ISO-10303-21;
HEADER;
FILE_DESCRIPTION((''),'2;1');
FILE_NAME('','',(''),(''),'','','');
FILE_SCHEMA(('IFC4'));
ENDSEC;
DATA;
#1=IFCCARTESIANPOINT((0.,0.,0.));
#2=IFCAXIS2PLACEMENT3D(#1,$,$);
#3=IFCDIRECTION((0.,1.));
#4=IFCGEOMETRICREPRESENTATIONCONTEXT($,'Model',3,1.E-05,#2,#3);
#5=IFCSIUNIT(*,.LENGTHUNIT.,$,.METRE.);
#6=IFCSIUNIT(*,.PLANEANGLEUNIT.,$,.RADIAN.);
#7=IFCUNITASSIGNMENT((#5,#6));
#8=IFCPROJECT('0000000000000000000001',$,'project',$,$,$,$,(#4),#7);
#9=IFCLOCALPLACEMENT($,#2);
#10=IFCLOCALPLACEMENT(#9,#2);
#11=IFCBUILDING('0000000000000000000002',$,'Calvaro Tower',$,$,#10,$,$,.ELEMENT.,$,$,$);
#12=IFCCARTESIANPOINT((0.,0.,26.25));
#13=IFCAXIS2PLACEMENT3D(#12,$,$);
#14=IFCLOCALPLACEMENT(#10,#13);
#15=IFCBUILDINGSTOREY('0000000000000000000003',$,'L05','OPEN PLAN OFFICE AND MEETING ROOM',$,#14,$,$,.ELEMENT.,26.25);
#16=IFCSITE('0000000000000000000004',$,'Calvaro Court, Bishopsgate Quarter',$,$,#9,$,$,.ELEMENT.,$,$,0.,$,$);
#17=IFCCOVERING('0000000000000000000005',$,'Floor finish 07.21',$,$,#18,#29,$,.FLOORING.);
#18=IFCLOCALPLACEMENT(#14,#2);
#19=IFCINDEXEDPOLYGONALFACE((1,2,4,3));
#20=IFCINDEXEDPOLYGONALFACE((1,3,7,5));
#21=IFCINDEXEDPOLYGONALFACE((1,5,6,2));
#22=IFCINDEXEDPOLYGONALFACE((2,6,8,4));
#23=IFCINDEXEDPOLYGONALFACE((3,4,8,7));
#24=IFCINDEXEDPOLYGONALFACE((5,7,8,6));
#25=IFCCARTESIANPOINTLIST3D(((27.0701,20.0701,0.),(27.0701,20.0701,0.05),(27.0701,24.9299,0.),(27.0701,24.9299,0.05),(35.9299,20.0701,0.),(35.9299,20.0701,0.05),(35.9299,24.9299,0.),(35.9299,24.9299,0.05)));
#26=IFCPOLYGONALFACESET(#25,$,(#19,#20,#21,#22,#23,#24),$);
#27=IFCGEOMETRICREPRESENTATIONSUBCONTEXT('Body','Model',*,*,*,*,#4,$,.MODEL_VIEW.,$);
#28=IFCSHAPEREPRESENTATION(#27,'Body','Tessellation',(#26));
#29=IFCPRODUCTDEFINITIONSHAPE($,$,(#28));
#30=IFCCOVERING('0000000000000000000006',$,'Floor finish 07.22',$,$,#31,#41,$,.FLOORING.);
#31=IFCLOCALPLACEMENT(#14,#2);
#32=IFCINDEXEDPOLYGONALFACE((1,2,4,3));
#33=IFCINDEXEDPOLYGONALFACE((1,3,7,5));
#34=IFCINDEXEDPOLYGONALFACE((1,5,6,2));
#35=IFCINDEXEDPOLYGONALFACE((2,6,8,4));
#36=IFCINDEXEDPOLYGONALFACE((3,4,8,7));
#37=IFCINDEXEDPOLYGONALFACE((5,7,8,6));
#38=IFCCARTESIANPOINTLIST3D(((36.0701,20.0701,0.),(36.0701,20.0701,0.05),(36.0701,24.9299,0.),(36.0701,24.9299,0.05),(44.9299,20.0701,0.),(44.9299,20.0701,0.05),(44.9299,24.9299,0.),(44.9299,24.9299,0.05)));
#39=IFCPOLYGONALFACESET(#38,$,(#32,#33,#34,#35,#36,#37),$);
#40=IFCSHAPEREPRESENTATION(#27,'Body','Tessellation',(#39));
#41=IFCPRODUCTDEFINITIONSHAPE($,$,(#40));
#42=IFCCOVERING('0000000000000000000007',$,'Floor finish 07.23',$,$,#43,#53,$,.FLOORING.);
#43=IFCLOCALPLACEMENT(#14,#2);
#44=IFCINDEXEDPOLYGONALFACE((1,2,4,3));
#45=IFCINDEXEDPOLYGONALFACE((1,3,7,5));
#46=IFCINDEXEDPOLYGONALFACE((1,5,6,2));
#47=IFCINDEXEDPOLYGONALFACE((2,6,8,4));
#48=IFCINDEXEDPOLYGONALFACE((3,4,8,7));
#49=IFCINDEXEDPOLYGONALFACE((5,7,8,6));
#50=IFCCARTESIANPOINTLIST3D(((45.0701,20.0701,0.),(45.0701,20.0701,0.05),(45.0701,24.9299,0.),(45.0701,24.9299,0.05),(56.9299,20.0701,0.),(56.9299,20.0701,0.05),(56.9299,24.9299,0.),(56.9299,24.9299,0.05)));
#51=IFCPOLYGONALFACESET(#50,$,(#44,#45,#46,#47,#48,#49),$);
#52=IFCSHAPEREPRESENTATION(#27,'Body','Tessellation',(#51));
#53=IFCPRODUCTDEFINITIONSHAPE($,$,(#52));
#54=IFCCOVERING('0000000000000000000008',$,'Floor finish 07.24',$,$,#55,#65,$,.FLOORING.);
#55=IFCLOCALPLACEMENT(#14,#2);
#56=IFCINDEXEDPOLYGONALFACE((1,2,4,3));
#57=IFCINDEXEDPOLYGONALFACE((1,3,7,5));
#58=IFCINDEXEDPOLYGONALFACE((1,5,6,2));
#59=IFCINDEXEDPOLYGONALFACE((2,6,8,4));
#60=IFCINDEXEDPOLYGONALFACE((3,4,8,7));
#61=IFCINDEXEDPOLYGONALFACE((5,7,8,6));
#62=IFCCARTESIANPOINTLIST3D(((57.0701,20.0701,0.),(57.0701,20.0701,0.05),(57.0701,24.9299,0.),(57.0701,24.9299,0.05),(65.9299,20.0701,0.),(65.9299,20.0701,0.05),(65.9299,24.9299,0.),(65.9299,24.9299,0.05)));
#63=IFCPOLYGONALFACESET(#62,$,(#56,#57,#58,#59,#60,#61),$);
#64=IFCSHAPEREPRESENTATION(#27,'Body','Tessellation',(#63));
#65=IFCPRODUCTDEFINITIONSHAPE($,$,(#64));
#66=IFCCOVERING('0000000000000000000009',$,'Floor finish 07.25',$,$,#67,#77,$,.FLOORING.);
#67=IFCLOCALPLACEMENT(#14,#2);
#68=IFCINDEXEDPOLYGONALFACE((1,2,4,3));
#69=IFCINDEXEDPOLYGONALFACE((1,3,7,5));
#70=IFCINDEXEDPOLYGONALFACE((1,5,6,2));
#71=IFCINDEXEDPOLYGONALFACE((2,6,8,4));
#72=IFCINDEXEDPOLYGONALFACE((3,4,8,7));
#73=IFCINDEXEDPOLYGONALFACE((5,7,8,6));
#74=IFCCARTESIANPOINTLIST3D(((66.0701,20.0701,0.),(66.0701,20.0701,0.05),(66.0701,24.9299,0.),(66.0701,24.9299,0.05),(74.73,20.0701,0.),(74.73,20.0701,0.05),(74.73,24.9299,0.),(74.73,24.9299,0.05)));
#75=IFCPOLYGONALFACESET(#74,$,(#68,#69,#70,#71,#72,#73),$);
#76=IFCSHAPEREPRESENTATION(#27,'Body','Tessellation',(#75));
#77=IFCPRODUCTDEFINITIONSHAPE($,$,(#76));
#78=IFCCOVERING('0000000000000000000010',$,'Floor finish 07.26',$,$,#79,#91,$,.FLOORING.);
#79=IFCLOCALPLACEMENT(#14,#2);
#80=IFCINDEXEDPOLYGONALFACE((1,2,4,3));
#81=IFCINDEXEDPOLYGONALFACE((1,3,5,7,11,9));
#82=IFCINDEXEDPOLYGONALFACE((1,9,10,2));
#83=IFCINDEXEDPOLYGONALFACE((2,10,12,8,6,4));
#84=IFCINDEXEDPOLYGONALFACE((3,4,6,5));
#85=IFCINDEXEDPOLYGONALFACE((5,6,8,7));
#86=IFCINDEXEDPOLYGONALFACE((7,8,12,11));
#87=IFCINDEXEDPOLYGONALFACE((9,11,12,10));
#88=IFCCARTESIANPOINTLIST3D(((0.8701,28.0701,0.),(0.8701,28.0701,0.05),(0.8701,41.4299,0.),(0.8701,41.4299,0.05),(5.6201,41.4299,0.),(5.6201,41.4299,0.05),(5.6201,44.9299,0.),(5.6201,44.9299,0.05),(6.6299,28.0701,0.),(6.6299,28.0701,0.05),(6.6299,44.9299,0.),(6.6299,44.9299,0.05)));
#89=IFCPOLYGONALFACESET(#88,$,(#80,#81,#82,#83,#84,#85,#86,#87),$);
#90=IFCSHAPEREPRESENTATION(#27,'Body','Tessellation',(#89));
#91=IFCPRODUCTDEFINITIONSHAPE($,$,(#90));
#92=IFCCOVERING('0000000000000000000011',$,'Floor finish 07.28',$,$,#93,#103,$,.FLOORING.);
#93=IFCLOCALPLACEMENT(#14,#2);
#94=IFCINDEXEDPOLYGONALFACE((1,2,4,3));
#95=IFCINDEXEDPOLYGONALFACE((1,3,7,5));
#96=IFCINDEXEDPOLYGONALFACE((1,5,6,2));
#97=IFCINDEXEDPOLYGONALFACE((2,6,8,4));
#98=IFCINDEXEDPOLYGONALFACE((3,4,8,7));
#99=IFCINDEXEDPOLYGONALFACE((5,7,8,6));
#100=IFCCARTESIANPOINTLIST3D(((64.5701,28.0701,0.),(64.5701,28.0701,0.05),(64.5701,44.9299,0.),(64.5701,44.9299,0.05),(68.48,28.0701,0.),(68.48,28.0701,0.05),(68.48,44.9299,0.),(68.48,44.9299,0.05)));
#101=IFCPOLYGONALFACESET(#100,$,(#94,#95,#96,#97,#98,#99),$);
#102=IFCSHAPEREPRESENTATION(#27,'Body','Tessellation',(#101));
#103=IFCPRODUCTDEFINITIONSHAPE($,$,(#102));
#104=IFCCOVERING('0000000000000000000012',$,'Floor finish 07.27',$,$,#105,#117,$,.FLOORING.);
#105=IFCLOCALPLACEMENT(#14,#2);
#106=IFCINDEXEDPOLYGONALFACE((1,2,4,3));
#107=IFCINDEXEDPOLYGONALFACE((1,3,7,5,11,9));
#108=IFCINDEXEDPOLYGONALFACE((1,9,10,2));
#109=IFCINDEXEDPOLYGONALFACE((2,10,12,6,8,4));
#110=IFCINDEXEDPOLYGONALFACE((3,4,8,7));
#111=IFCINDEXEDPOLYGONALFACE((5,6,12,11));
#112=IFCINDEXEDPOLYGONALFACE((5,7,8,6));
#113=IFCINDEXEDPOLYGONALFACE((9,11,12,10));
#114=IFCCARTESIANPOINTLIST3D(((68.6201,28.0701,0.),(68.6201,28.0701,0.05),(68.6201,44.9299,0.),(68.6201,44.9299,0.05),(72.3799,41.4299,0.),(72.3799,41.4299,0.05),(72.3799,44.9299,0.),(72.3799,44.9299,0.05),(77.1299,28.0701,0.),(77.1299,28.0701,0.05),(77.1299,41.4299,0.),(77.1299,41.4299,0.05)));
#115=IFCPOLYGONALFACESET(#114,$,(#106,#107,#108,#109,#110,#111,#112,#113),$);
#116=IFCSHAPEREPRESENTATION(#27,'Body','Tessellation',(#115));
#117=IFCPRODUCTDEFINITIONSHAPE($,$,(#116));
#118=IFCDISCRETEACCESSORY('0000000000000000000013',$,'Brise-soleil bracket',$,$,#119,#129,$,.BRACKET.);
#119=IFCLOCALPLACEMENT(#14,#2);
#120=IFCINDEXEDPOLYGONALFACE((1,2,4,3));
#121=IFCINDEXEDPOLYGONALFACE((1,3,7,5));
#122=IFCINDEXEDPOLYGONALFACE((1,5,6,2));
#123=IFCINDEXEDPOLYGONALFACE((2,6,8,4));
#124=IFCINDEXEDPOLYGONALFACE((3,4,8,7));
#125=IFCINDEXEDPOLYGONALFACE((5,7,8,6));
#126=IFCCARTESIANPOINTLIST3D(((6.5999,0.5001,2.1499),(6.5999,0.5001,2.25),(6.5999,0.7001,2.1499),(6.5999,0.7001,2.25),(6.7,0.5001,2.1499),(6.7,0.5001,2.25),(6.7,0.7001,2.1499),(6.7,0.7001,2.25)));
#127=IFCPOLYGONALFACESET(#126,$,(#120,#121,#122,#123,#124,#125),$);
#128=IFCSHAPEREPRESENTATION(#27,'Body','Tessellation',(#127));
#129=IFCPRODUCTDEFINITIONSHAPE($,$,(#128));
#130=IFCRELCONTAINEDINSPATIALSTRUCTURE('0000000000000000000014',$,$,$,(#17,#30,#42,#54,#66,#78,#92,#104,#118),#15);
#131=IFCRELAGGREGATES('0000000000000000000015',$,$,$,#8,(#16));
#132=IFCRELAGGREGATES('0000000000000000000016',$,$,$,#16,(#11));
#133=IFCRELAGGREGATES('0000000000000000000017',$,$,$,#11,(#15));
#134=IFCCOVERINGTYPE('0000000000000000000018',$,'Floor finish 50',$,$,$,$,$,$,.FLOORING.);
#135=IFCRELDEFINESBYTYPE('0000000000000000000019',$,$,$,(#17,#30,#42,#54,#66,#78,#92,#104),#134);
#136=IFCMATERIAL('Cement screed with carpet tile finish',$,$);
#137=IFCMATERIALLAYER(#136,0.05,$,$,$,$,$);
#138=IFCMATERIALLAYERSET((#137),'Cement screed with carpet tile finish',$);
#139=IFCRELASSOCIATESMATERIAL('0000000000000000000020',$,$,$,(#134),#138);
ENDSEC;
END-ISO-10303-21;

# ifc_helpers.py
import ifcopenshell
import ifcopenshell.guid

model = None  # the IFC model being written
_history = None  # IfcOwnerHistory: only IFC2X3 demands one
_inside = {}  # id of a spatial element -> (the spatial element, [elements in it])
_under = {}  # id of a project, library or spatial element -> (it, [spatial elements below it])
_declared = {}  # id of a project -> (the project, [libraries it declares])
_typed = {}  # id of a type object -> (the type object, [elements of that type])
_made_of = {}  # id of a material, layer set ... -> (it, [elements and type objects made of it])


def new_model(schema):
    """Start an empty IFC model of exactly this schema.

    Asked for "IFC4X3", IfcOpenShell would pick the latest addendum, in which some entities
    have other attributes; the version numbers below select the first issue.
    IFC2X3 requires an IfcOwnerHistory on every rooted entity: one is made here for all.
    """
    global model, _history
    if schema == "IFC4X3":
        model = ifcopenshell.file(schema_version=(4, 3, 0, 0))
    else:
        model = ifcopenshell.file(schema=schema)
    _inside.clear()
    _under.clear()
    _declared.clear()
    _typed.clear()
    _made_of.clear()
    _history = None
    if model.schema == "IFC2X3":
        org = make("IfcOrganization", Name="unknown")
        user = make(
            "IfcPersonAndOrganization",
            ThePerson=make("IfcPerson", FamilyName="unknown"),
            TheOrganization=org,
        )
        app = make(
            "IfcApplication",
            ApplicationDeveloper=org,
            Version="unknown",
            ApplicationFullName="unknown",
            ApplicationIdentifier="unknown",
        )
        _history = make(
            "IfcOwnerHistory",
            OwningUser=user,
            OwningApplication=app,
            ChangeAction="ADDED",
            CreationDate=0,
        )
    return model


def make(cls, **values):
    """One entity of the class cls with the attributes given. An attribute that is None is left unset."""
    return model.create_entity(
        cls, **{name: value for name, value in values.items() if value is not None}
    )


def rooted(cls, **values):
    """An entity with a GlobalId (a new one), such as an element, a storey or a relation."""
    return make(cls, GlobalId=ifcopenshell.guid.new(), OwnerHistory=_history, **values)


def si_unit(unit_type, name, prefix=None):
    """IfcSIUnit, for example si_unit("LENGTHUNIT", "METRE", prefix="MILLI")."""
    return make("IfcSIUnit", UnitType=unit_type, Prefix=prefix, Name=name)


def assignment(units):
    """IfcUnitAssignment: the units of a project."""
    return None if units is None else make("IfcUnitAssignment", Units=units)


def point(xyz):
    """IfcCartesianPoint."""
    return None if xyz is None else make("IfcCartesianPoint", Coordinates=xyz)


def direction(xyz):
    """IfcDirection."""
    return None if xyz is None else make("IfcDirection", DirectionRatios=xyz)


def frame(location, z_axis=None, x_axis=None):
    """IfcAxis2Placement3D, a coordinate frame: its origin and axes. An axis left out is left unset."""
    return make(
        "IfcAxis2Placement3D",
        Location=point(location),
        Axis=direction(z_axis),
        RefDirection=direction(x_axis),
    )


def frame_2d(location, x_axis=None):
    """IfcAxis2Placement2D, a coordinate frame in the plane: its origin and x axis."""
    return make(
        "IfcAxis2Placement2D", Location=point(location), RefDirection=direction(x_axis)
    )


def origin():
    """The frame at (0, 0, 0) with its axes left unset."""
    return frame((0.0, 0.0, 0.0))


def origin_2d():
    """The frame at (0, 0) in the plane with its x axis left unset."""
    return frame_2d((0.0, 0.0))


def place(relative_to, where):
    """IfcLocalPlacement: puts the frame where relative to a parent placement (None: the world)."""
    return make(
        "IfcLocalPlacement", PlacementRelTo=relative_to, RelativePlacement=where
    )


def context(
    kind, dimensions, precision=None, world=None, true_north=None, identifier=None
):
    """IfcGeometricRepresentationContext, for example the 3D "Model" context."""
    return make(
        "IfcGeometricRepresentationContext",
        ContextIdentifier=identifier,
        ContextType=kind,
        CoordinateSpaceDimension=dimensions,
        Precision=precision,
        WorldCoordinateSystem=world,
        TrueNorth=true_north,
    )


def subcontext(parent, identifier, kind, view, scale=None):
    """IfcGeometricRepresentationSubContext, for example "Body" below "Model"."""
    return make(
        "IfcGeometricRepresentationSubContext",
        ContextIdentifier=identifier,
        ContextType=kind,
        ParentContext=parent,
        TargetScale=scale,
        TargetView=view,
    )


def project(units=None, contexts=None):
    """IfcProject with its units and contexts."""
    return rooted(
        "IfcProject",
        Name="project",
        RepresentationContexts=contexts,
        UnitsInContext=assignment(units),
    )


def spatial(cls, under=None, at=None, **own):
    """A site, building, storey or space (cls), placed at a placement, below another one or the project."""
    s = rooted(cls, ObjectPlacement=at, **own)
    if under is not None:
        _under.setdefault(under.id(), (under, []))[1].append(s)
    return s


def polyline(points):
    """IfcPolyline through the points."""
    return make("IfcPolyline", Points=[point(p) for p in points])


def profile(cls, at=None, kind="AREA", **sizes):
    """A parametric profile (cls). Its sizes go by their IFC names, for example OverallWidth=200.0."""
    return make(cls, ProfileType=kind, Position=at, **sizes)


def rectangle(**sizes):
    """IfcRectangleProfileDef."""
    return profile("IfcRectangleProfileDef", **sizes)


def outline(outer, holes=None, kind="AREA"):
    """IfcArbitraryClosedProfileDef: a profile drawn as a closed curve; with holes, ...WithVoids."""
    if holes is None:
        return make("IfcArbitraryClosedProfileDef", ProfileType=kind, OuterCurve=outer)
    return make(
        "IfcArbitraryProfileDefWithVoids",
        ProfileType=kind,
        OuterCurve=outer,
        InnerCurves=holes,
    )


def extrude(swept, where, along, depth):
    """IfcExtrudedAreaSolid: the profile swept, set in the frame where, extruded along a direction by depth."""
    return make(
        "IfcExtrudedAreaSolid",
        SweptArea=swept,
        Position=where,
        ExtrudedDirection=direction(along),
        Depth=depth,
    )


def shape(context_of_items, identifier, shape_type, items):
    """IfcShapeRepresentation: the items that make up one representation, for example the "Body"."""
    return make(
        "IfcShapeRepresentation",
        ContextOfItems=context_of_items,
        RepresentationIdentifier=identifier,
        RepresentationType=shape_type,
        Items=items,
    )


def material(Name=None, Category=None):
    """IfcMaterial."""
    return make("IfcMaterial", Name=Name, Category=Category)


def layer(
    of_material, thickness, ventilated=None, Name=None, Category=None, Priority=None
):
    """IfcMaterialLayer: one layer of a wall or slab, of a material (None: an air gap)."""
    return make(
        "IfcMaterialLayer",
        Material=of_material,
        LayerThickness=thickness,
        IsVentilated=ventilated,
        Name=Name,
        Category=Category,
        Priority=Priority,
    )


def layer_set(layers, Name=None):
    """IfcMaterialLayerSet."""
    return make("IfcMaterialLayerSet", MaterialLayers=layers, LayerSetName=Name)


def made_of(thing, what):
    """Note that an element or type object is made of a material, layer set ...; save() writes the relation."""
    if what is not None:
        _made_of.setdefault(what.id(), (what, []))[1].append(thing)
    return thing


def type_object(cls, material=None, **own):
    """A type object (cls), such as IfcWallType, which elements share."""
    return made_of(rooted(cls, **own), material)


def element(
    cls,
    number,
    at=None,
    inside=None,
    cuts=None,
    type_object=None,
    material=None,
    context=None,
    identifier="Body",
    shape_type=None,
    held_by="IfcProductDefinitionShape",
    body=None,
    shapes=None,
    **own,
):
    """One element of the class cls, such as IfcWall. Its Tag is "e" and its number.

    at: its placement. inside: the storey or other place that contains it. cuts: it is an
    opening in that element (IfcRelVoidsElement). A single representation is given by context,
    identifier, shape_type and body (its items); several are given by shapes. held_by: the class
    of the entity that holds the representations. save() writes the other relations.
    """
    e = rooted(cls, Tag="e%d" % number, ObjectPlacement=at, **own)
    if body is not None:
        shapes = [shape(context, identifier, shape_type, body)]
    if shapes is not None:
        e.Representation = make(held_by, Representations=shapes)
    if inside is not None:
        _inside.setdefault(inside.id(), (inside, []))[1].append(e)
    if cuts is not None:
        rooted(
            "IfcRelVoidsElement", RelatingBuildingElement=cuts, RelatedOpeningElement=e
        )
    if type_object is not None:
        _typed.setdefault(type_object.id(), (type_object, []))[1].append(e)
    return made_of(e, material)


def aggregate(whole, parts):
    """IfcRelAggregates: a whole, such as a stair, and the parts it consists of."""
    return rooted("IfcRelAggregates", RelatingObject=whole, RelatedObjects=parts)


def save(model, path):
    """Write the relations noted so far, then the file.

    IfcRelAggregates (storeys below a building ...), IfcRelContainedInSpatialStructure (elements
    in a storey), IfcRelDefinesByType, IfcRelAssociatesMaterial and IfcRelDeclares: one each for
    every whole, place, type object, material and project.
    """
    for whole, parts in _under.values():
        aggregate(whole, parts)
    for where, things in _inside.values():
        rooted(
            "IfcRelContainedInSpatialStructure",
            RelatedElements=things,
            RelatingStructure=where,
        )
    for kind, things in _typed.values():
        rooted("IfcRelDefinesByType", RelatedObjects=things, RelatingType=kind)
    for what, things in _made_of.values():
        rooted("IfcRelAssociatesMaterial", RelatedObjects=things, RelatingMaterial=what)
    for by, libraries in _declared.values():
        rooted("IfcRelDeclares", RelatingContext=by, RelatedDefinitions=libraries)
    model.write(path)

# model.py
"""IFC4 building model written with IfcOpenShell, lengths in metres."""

from ifc_helpers import new_model, si_unit, direction, frame, origin, origin_2d, place, context, subcontext, project, spatial, polyline, rectangle, outline, extrude, material, layer, layer_set, type_object, element, save


model = new_model("IFC4")

# Units and contexts
model_context = context("Model", 3, precision=1e-05, world=origin(), true_north=direction((0.0, 1.0)))
body_context = subcontext(model_context, "Body", "Model", "MODEL_VIEW")
ifc_project = project(units=[si_unit("LENGTHUNIT", "METRE"), si_unit("PLANEANGLEUNIT", "RADIAN")], contexts=[model_context])

# Site, building, storey
site_placement = place(None, origin())
site = spatial("IfcSite", under=ifc_project, at=site_placement, Name="Calvaro Court, Bishopsgate Quarter", CompositionType="ELEMENT", RefElevation=0.0)
building_placement = place(site_placement, origin())
building = spatial("IfcBuilding", under=site, at=building_placement, Name="Calvaro Tower", CompositionType="ELEMENT")
storey_placement = place(building_placement, frame((0.0, 0.0, 26.25)))
storey = spatial("IfcBuildingStorey", under=building, at=storey_placement, Name="L05", Description="OPEN PLAN OFFICE AND MEETING ROOM", CompositionType="ELEMENT", Elevation=26.25)

# Coverings
ifc_material_1 = material(Name="Cement screed with carpet tile finish")
ifc_layer_1 = layer(ifc_material_1, 0.05)
ifc_layer_set_1 = layer_set([ifc_layer_1], Name="Cement screed with carpet tile finish")
covering_type = type_object("IfcCoveringType", Name="Floor finish 50", PredefinedType="FLOORING", material=ifc_layer_set_1)
covering_1_placement = place(storey_placement, origin())
element("IfcCovering", 1, at=covering_1_placement, inside=storey, type_object=covering_type, Name="Floor finish 07.21", PredefinedType="FLOORING", context=body_context, shape_type="SweptSolid", body=[
    extrude(outline(polyline([(27.0701, 20.0701), (27.0701, 24.9299), (35.9299, 24.9299), (35.9299, 20.0701), (27.0701, 20.0701)])), origin(), (0.0, 0.0, 1.0), 0.05),
])
covering_2_placement = place(storey_placement, origin())
element("IfcCovering", 2, at=covering_2_placement, inside=storey, type_object=covering_type, Name="Floor finish 07.22", PredefinedType="FLOORING", context=body_context, shape_type="SweptSolid", body=[
    extrude(outline(polyline([(36.0701, 20.0701), (36.0701, 24.9299), (44.9299, 24.9299), (44.9299, 20.0701), (36.0701, 20.0701)])), origin(), (0.0, 0.0, 1.0), 0.05),
])
covering_3_placement = place(storey_placement, origin())
element("IfcCovering", 3, at=covering_3_placement, inside=storey, type_object=covering_type, Name="Floor finish 07.23", PredefinedType="FLOORING", context=body_context, shape_type="SweptSolid", body=[
    extrude(outline(polyline([(45.0701, 20.0701), (45.0701, 24.9299), (56.9299, 24.9299), (56.9299, 20.0701), (45.0701, 20.0701)])), origin(), (0.0, 0.0, 1.0), 0.05),
])
covering_4_placement = place(storey_placement, origin())
element("IfcCovering", 4, at=covering_4_placement, inside=storey, type_object=covering_type, Name="Floor finish 07.24", PredefinedType="FLOORING", context=body_context, shape_type="SweptSolid", body=[
    extrude(outline(polyline([(57.0701, 20.0701), (57.0701, 24.9299), (65.9299, 24.9299), (65.9299, 20.0701), (57.0701, 20.0701)])), origin(), (0.0, 0.0, 1.0), 0.05),
])
covering_5_placement = place(storey_placement, origin())
element("IfcCovering", 5, at=covering_5_placement, inside=storey, type_object=covering_type, Name="Floor finish 07.25", PredefinedType="FLOORING", context=body_context, shape_type="SweptSolid", body=[
    extrude(outline(polyline([(66.0701, 20.0701), (66.0701, 24.9299), (74.73, 24.9299), (74.73, 20.0701), (66.0701, 20.0701)])), origin(), (0.0, 0.0, 1.0), 0.05),
])
covering_6_placement = place(storey_placement, origin())
element("IfcCovering", 6, at=covering_6_placement, inside=storey, type_object=covering_type, Name="Floor finish 07.26", PredefinedType="FLOORING", context=body_context, shape_type="SweptSolid", body=[
    extrude(outline(polyline([(6.6299, 28.0701), (0.8701, 28.0701), (0.8701, 41.4299), (5.6201, 41.4299), (5.6201, 44.9299), (6.6299, 44.9299), (6.6299, 28.0701)])), origin(), (0.0, 0.0, 1.0), 0.05),
])
covering_7_placement = place(storey_placement, origin())
element("IfcCovering", 7, at=covering_7_placement, inside=storey, type_object=covering_type, Name="Floor finish 07.28", PredefinedType="FLOORING", context=body_context, shape_type="SweptSolid", body=[
    extrude(outline(polyline([(68.48, 28.0701), (64.5701, 28.0701), (64.5701, 44.9299), (68.48, 44.9299), (68.48, 28.0701)])), origin(), (0.0, 0.0, 1.0), 0.05),
])
covering_8_placement = place(storey_placement, origin())
element("IfcCovering", 8, at=covering_8_placement, inside=storey, type_object=covering_type, Name="Floor finish 07.27", PredefinedType="FLOORING", context=body_context, shape_type="SweptSolid", body=[
    extrude(outline(polyline([(77.1299, 28.0701), (68.6201, 28.0701), (68.6201, 44.9299), (72.3799, 44.9299), (72.3799, 41.4299), (77.1299, 41.4299), (77.1299, 28.0701)])), origin(), (0.0, 0.0, 1.0), 0.05),
])

# Discrete accessory
discrete_accessory_placement = place(storey_placement, frame((6.6499, 0.6001, 2.1499), z_axis=(0.0, 0.0, 1.0), x_axis=(1.0, 0.0, 0.0)))
element("IfcDiscreteAccessory", 9, at=discrete_accessory_placement, inside=storey, Name="Brise-soleil bracket", PredefinedType="BRACKET", context=body_context, shape_type="SweptSolid", body=[
    extrude(rectangle(XDim=0.1001, YDim=0.2, at=origin_2d()), origin(), (0.0, 0.0, 1.0), 0.1001),
])

save(model, "model.ifc")
